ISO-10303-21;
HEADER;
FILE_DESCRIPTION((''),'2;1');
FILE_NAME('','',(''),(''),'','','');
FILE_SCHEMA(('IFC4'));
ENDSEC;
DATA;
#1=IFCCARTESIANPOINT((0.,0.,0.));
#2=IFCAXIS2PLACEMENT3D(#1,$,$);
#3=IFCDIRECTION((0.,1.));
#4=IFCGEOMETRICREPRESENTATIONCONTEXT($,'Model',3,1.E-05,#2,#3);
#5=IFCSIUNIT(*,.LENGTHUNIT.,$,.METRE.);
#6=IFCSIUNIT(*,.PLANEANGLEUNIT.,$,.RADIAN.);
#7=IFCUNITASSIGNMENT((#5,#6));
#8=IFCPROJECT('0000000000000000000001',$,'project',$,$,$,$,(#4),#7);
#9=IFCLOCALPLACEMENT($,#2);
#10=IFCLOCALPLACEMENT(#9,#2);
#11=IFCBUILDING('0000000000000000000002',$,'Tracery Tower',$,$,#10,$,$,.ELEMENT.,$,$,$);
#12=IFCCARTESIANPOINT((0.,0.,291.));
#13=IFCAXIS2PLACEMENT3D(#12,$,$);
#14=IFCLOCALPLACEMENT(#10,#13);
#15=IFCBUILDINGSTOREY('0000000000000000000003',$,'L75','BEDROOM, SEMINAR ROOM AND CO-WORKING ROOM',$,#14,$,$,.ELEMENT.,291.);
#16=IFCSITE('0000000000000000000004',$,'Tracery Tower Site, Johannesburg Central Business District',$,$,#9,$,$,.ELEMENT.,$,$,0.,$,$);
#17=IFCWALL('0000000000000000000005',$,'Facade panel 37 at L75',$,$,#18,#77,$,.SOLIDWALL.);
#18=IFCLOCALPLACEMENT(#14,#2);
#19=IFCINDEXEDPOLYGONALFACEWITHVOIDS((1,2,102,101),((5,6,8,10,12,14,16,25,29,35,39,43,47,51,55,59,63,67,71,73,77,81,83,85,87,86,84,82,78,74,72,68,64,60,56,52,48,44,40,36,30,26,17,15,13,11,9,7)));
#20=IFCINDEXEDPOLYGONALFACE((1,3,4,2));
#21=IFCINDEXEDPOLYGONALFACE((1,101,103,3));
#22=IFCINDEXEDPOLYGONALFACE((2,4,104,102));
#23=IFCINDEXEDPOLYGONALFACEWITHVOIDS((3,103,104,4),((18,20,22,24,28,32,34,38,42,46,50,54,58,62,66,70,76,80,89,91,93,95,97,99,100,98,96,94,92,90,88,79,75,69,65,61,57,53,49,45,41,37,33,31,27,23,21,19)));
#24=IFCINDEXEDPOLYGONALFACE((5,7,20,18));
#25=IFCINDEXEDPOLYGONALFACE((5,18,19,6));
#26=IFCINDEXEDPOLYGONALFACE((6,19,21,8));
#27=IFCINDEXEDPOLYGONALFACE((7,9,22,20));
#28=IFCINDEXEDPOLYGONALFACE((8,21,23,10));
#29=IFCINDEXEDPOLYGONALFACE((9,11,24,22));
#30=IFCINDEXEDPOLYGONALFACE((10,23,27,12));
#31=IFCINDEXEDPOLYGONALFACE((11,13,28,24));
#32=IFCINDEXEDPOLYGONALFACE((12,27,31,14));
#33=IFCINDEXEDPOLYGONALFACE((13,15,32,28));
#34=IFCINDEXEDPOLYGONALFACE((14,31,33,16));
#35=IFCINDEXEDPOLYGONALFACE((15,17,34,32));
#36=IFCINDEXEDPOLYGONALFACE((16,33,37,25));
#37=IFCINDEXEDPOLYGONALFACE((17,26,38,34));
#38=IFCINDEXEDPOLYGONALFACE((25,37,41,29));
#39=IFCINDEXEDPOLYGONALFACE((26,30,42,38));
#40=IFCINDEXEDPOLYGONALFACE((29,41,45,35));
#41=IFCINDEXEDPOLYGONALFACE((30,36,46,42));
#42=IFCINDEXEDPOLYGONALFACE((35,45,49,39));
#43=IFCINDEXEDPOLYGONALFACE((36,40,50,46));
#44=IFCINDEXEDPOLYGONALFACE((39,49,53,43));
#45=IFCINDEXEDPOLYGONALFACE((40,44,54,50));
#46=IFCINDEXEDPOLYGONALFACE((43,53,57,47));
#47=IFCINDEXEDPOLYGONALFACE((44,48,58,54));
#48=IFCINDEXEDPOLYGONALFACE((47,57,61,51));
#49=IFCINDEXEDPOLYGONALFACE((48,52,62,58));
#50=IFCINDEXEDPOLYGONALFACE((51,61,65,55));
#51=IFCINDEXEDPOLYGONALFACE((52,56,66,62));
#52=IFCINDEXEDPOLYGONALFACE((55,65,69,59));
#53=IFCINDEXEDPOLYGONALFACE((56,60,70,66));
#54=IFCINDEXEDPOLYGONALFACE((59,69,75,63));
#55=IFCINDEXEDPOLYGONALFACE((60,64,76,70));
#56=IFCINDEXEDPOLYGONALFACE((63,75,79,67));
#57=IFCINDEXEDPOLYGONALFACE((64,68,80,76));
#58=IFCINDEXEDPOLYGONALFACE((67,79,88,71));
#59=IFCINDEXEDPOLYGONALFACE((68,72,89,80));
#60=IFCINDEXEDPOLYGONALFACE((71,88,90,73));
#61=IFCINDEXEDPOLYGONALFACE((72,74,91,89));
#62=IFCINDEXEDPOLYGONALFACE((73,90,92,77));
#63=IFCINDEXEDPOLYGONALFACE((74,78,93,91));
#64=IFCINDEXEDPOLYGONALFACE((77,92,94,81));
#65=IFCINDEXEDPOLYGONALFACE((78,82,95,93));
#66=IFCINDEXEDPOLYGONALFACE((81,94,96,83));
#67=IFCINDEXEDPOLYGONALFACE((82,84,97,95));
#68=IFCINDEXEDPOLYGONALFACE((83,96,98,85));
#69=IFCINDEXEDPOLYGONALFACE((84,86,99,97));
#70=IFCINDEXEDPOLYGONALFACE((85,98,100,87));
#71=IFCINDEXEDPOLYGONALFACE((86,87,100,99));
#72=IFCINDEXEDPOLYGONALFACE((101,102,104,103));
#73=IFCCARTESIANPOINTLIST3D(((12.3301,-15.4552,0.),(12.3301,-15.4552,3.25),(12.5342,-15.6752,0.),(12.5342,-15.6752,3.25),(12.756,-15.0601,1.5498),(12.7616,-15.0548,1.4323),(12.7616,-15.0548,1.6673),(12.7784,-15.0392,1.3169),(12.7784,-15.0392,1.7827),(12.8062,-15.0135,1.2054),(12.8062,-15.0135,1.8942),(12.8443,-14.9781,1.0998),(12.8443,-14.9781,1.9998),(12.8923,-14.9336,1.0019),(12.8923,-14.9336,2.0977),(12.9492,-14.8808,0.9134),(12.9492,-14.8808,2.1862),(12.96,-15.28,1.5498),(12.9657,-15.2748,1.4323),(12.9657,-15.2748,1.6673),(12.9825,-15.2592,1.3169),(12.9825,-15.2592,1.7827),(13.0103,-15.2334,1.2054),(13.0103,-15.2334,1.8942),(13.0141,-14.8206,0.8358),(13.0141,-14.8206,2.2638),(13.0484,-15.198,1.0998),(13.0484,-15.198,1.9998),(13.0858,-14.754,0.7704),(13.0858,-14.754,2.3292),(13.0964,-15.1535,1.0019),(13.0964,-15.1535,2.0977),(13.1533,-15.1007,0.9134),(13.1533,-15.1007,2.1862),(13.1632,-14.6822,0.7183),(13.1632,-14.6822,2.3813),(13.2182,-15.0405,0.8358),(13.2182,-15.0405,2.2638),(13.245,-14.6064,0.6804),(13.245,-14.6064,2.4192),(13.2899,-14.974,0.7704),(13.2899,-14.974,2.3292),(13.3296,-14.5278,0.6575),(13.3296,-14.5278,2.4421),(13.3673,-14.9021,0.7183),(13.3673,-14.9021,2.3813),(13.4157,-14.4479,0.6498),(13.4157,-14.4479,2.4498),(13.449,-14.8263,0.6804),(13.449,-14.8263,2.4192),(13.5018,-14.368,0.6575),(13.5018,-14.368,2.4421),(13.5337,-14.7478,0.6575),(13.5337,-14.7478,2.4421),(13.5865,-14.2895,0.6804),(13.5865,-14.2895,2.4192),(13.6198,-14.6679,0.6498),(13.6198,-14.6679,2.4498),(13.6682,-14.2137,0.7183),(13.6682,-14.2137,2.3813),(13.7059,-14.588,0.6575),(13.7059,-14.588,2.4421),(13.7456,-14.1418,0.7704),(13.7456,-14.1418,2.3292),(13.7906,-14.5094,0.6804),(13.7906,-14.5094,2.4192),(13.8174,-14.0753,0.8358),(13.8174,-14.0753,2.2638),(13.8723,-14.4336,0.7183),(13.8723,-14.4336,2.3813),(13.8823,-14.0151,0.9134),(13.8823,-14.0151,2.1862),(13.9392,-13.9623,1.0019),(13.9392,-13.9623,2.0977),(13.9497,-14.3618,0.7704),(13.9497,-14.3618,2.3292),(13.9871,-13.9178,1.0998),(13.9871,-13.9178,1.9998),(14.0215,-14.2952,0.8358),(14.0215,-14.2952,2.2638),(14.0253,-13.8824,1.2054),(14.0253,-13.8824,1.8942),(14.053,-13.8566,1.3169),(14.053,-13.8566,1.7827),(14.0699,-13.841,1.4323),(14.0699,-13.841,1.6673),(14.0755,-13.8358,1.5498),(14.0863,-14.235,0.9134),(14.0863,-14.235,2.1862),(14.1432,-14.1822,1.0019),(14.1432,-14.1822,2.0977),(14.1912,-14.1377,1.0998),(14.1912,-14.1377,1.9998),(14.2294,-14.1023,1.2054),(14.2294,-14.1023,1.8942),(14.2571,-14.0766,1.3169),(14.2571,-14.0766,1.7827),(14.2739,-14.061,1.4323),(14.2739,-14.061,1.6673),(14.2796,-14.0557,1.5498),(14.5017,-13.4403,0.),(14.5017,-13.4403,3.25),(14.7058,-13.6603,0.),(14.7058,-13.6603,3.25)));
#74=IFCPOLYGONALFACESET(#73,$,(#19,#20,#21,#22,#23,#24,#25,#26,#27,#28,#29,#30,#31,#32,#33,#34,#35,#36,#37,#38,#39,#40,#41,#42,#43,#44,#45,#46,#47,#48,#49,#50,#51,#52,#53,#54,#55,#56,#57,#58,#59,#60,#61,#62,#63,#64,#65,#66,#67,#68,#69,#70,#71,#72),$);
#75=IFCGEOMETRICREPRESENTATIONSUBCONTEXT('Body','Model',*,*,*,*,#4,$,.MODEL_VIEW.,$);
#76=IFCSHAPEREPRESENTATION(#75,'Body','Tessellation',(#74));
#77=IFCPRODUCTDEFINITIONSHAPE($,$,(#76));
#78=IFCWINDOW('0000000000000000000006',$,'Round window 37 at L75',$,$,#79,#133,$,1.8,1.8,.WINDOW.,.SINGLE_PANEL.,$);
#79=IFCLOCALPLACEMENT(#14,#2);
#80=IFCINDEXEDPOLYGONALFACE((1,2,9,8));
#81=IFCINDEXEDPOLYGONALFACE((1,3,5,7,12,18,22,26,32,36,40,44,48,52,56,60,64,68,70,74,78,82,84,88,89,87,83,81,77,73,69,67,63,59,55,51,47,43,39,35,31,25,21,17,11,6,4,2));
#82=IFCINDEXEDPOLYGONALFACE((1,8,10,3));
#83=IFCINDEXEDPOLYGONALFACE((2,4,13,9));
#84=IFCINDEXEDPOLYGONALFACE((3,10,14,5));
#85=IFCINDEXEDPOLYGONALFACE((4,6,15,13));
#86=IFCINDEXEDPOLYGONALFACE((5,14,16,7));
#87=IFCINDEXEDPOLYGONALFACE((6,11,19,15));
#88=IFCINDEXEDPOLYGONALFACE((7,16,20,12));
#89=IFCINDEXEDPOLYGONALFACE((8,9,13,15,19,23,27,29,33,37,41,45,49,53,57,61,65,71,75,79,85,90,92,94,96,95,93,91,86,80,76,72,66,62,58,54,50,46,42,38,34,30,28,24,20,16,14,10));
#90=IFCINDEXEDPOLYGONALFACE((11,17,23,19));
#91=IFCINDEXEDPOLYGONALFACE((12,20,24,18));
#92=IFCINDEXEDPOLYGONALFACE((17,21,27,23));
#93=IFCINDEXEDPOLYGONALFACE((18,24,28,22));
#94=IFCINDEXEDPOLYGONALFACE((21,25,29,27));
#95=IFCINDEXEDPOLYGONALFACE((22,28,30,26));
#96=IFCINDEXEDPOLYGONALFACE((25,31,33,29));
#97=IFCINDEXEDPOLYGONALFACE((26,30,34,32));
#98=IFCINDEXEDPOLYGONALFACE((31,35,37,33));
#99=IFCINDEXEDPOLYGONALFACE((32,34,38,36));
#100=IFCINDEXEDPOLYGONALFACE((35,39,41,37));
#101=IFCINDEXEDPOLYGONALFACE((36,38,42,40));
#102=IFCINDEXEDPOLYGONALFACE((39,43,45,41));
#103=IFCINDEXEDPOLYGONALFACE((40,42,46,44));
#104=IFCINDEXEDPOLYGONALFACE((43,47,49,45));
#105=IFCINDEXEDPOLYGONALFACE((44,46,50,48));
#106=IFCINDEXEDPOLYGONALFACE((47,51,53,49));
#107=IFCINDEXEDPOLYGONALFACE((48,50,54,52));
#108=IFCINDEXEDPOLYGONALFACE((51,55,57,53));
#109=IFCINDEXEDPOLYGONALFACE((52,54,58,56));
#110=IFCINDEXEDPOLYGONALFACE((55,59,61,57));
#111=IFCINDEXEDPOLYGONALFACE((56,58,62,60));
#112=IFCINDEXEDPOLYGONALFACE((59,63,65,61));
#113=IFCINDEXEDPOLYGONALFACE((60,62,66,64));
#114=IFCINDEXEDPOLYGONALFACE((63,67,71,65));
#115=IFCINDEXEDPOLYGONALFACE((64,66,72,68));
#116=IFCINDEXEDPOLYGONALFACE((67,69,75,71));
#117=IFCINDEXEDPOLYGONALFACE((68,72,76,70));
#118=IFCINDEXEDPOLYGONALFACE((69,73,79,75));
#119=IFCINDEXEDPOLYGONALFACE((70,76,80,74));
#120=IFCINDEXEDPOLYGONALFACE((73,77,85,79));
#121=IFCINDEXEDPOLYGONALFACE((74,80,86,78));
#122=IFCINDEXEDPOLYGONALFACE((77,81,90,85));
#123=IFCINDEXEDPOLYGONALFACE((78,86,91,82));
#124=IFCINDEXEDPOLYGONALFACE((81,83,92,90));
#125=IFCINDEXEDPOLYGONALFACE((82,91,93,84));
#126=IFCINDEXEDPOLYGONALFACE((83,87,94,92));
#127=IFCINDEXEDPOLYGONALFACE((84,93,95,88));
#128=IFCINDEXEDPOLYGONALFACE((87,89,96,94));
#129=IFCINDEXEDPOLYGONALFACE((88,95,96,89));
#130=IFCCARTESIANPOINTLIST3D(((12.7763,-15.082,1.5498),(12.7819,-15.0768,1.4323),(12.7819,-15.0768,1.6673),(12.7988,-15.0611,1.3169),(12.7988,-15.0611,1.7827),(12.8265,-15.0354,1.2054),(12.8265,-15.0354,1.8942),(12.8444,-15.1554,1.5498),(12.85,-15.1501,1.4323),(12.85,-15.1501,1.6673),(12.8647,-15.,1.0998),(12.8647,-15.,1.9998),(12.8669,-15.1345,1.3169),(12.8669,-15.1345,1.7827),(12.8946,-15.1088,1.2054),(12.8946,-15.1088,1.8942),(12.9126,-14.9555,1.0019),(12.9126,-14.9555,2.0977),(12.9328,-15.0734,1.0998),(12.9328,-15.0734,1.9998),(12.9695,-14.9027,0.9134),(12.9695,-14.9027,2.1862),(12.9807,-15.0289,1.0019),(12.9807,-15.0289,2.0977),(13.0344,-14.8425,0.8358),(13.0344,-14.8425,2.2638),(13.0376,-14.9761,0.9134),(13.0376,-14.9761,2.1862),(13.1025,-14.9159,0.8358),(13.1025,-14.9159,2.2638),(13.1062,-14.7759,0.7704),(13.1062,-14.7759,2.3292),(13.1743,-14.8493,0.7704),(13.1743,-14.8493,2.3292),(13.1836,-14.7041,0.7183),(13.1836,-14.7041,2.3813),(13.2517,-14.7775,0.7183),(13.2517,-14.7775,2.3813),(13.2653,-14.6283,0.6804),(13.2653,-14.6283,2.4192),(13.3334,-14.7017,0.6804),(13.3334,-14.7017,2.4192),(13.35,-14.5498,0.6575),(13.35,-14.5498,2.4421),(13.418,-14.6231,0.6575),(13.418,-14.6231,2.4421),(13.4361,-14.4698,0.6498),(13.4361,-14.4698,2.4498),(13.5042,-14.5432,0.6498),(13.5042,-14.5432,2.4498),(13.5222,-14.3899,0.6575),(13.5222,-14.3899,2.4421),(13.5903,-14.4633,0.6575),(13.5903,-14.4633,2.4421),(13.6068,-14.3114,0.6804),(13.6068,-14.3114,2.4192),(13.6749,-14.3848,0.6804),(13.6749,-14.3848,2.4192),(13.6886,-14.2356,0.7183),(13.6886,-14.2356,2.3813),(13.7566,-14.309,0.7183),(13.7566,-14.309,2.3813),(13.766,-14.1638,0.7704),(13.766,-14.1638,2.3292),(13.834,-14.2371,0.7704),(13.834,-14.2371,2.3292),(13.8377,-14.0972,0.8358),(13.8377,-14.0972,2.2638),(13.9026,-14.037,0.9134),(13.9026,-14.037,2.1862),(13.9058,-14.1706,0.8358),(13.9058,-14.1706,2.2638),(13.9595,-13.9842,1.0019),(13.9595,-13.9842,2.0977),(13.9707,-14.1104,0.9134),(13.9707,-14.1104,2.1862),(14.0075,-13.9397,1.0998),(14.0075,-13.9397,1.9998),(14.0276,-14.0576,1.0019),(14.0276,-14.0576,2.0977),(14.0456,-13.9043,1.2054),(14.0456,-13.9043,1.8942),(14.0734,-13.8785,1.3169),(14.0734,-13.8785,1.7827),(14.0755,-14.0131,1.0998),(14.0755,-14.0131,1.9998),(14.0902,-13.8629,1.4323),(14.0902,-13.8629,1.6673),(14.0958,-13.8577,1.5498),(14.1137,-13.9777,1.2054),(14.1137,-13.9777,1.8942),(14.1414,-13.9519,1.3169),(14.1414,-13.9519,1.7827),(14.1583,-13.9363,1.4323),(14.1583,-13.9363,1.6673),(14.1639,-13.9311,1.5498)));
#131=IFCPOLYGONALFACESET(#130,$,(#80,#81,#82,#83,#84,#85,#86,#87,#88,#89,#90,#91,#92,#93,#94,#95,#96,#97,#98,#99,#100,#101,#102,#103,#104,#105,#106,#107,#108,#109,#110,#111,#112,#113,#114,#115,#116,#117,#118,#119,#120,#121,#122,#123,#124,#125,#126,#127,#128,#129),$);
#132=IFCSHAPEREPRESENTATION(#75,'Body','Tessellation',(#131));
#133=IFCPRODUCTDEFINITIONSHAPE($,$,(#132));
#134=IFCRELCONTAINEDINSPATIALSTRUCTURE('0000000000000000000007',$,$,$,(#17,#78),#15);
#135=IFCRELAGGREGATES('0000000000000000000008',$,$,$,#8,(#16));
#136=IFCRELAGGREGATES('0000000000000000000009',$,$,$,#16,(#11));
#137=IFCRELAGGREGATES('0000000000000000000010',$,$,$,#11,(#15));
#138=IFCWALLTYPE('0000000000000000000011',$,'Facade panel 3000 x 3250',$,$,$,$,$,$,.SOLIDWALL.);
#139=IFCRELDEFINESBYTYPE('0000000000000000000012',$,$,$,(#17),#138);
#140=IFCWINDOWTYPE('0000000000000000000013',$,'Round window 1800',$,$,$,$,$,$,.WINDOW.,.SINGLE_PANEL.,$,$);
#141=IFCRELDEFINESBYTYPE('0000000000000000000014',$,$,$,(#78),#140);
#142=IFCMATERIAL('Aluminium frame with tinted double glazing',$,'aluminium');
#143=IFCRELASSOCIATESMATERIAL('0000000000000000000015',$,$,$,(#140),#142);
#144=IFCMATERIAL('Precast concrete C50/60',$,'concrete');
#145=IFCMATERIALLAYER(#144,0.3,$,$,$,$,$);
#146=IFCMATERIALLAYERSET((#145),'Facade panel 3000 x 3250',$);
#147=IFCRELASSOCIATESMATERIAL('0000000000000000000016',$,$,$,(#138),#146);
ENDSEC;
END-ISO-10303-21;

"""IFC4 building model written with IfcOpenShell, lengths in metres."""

from ifc_helpers import new_model, si_unit, direction, frame, frame_2d, origin, origin_2d, place, context, subcontext, project, spatial, rectangle, circle, extrude, material, layer, layer_set, type_object, element, fill, save


model = new_model("IFC4")

# Units and contexts
model_context = context("Model", 3, precision=1e-05, world=origin(), true_north=direction((0.0, 1.0)))
body_context = subcontext(model_context, "Body", "Model", "MODEL_VIEW")
ifc_project = project(units=[si_unit("LENGTHUNIT", "METRE"), si_unit("PLANEANGLEUNIT", "RADIAN")], contexts=[model_context])

# Site, building, storey
site_placement = place(None, origin())
site = spatial("IfcSite", under=ifc_project, at=site_placement, Name="Tracery Tower Site, Johannesburg Central Business District", CompositionType="ELEMENT", RefElevation=0.0)
building_placement = place(site_placement, origin())
building = spatial("IfcBuilding", under=site, at=building_placement, Name="Tracery Tower", CompositionType="ELEMENT")
storey_placement = place(building_placement, frame((0.0, 0.0, 291.0)))
storey = spatial("IfcBuildingStorey", under=building, at=storey_placement, Name="L75", Description="BEDROOM, SEMINAR ROOM AND CO-WORKING ROOM", CompositionType="ELEMENT", Elevation=291.0)

# Wall, opening, window
ifc_material_1 = material(Name="Aluminium frame with tinted double glazing", Category="aluminium")
window_type = type_object("IfcWindowType", Name="Round window 1800", PartitioningType="SINGLE_PANEL", PredefinedType="WINDOW", material=ifc_material_1)
ifc_material_2 = material(Name="Precast concrete C50/60", Category="concrete")
ifc_layer_1 = layer(ifc_material_2, 0.3)
ifc_layer_set_1 = layer_set([ifc_layer_1], Name="Facade panel 3000 x 3250")
wall_type_1 = type_object("IfcWallType", Name="Facade panel 3000 x 3250", PredefinedType="SOLIDWALL", material=ifc_layer_set_1)
wall_1_placement = place(storey_placement, frame((12.4321, -15.5652, 0.0), z_axis=(0.0, 0.0, 1.0), x_axis=(0.733066, 0.680157, 0.0)))
wall_1 = element("IfcWall", 1, at=wall_1_placement, inside=storey, type_object=wall_type_1, Name="Facade panel 37 at L75", PredefinedType="SOLIDWALL", context=body_context, shape_type="SweptSolid", body=[
    extrude(rectangle(XDim=2.9624, YDim=0.3, at=frame_2d((1.4812, 0.0))), origin(), (0.0, 0.0, 1.0), 3.25),
])
opening_1_placement = place(wall_1_placement, frame((1.481, 0.0, 1.5498)))
opening_1 = element("IfcOpeningElement", 2, at=opening_1_placement, cuts=wall_1, PredefinedType="OPENING", context=body_context, shape_type="SweptSolid", body=[
    extrude(circle(Radius=0.9, at=origin_2d()), frame((0.0, 0.1599, 0.0), z_axis=(0.0, -1.0, 0.0), x_axis=(1.0, 0.0, 0.0)), (0.0, 0.0, 1.0), 0.3201),
])
window_1_placement = place(opening_1_placement, origin())
window_1 = element("IfcWindow", 3, at=window_1_placement, inside=storey, type_object=window_type, Name="Round window 37 at L75", OverallHeight=1.8, OverallWidth=1.8, PartitioningType="SINGLE_PANEL", PredefinedType="WINDOW", context=body_context, shape_type="SweptSolid", body=[
    extrude(circle(Radius=0.9, at=origin_2d()), frame((0.0, 0.1201, 0.0), z_axis=(0.0, -1.0, 0.0), x_axis=(1.0, 0.0, 0.0)), (0.0, 0.0, 1.0), 0.1001),
])
fill(opening_1, window_1)

save(model, "model.ifc")
